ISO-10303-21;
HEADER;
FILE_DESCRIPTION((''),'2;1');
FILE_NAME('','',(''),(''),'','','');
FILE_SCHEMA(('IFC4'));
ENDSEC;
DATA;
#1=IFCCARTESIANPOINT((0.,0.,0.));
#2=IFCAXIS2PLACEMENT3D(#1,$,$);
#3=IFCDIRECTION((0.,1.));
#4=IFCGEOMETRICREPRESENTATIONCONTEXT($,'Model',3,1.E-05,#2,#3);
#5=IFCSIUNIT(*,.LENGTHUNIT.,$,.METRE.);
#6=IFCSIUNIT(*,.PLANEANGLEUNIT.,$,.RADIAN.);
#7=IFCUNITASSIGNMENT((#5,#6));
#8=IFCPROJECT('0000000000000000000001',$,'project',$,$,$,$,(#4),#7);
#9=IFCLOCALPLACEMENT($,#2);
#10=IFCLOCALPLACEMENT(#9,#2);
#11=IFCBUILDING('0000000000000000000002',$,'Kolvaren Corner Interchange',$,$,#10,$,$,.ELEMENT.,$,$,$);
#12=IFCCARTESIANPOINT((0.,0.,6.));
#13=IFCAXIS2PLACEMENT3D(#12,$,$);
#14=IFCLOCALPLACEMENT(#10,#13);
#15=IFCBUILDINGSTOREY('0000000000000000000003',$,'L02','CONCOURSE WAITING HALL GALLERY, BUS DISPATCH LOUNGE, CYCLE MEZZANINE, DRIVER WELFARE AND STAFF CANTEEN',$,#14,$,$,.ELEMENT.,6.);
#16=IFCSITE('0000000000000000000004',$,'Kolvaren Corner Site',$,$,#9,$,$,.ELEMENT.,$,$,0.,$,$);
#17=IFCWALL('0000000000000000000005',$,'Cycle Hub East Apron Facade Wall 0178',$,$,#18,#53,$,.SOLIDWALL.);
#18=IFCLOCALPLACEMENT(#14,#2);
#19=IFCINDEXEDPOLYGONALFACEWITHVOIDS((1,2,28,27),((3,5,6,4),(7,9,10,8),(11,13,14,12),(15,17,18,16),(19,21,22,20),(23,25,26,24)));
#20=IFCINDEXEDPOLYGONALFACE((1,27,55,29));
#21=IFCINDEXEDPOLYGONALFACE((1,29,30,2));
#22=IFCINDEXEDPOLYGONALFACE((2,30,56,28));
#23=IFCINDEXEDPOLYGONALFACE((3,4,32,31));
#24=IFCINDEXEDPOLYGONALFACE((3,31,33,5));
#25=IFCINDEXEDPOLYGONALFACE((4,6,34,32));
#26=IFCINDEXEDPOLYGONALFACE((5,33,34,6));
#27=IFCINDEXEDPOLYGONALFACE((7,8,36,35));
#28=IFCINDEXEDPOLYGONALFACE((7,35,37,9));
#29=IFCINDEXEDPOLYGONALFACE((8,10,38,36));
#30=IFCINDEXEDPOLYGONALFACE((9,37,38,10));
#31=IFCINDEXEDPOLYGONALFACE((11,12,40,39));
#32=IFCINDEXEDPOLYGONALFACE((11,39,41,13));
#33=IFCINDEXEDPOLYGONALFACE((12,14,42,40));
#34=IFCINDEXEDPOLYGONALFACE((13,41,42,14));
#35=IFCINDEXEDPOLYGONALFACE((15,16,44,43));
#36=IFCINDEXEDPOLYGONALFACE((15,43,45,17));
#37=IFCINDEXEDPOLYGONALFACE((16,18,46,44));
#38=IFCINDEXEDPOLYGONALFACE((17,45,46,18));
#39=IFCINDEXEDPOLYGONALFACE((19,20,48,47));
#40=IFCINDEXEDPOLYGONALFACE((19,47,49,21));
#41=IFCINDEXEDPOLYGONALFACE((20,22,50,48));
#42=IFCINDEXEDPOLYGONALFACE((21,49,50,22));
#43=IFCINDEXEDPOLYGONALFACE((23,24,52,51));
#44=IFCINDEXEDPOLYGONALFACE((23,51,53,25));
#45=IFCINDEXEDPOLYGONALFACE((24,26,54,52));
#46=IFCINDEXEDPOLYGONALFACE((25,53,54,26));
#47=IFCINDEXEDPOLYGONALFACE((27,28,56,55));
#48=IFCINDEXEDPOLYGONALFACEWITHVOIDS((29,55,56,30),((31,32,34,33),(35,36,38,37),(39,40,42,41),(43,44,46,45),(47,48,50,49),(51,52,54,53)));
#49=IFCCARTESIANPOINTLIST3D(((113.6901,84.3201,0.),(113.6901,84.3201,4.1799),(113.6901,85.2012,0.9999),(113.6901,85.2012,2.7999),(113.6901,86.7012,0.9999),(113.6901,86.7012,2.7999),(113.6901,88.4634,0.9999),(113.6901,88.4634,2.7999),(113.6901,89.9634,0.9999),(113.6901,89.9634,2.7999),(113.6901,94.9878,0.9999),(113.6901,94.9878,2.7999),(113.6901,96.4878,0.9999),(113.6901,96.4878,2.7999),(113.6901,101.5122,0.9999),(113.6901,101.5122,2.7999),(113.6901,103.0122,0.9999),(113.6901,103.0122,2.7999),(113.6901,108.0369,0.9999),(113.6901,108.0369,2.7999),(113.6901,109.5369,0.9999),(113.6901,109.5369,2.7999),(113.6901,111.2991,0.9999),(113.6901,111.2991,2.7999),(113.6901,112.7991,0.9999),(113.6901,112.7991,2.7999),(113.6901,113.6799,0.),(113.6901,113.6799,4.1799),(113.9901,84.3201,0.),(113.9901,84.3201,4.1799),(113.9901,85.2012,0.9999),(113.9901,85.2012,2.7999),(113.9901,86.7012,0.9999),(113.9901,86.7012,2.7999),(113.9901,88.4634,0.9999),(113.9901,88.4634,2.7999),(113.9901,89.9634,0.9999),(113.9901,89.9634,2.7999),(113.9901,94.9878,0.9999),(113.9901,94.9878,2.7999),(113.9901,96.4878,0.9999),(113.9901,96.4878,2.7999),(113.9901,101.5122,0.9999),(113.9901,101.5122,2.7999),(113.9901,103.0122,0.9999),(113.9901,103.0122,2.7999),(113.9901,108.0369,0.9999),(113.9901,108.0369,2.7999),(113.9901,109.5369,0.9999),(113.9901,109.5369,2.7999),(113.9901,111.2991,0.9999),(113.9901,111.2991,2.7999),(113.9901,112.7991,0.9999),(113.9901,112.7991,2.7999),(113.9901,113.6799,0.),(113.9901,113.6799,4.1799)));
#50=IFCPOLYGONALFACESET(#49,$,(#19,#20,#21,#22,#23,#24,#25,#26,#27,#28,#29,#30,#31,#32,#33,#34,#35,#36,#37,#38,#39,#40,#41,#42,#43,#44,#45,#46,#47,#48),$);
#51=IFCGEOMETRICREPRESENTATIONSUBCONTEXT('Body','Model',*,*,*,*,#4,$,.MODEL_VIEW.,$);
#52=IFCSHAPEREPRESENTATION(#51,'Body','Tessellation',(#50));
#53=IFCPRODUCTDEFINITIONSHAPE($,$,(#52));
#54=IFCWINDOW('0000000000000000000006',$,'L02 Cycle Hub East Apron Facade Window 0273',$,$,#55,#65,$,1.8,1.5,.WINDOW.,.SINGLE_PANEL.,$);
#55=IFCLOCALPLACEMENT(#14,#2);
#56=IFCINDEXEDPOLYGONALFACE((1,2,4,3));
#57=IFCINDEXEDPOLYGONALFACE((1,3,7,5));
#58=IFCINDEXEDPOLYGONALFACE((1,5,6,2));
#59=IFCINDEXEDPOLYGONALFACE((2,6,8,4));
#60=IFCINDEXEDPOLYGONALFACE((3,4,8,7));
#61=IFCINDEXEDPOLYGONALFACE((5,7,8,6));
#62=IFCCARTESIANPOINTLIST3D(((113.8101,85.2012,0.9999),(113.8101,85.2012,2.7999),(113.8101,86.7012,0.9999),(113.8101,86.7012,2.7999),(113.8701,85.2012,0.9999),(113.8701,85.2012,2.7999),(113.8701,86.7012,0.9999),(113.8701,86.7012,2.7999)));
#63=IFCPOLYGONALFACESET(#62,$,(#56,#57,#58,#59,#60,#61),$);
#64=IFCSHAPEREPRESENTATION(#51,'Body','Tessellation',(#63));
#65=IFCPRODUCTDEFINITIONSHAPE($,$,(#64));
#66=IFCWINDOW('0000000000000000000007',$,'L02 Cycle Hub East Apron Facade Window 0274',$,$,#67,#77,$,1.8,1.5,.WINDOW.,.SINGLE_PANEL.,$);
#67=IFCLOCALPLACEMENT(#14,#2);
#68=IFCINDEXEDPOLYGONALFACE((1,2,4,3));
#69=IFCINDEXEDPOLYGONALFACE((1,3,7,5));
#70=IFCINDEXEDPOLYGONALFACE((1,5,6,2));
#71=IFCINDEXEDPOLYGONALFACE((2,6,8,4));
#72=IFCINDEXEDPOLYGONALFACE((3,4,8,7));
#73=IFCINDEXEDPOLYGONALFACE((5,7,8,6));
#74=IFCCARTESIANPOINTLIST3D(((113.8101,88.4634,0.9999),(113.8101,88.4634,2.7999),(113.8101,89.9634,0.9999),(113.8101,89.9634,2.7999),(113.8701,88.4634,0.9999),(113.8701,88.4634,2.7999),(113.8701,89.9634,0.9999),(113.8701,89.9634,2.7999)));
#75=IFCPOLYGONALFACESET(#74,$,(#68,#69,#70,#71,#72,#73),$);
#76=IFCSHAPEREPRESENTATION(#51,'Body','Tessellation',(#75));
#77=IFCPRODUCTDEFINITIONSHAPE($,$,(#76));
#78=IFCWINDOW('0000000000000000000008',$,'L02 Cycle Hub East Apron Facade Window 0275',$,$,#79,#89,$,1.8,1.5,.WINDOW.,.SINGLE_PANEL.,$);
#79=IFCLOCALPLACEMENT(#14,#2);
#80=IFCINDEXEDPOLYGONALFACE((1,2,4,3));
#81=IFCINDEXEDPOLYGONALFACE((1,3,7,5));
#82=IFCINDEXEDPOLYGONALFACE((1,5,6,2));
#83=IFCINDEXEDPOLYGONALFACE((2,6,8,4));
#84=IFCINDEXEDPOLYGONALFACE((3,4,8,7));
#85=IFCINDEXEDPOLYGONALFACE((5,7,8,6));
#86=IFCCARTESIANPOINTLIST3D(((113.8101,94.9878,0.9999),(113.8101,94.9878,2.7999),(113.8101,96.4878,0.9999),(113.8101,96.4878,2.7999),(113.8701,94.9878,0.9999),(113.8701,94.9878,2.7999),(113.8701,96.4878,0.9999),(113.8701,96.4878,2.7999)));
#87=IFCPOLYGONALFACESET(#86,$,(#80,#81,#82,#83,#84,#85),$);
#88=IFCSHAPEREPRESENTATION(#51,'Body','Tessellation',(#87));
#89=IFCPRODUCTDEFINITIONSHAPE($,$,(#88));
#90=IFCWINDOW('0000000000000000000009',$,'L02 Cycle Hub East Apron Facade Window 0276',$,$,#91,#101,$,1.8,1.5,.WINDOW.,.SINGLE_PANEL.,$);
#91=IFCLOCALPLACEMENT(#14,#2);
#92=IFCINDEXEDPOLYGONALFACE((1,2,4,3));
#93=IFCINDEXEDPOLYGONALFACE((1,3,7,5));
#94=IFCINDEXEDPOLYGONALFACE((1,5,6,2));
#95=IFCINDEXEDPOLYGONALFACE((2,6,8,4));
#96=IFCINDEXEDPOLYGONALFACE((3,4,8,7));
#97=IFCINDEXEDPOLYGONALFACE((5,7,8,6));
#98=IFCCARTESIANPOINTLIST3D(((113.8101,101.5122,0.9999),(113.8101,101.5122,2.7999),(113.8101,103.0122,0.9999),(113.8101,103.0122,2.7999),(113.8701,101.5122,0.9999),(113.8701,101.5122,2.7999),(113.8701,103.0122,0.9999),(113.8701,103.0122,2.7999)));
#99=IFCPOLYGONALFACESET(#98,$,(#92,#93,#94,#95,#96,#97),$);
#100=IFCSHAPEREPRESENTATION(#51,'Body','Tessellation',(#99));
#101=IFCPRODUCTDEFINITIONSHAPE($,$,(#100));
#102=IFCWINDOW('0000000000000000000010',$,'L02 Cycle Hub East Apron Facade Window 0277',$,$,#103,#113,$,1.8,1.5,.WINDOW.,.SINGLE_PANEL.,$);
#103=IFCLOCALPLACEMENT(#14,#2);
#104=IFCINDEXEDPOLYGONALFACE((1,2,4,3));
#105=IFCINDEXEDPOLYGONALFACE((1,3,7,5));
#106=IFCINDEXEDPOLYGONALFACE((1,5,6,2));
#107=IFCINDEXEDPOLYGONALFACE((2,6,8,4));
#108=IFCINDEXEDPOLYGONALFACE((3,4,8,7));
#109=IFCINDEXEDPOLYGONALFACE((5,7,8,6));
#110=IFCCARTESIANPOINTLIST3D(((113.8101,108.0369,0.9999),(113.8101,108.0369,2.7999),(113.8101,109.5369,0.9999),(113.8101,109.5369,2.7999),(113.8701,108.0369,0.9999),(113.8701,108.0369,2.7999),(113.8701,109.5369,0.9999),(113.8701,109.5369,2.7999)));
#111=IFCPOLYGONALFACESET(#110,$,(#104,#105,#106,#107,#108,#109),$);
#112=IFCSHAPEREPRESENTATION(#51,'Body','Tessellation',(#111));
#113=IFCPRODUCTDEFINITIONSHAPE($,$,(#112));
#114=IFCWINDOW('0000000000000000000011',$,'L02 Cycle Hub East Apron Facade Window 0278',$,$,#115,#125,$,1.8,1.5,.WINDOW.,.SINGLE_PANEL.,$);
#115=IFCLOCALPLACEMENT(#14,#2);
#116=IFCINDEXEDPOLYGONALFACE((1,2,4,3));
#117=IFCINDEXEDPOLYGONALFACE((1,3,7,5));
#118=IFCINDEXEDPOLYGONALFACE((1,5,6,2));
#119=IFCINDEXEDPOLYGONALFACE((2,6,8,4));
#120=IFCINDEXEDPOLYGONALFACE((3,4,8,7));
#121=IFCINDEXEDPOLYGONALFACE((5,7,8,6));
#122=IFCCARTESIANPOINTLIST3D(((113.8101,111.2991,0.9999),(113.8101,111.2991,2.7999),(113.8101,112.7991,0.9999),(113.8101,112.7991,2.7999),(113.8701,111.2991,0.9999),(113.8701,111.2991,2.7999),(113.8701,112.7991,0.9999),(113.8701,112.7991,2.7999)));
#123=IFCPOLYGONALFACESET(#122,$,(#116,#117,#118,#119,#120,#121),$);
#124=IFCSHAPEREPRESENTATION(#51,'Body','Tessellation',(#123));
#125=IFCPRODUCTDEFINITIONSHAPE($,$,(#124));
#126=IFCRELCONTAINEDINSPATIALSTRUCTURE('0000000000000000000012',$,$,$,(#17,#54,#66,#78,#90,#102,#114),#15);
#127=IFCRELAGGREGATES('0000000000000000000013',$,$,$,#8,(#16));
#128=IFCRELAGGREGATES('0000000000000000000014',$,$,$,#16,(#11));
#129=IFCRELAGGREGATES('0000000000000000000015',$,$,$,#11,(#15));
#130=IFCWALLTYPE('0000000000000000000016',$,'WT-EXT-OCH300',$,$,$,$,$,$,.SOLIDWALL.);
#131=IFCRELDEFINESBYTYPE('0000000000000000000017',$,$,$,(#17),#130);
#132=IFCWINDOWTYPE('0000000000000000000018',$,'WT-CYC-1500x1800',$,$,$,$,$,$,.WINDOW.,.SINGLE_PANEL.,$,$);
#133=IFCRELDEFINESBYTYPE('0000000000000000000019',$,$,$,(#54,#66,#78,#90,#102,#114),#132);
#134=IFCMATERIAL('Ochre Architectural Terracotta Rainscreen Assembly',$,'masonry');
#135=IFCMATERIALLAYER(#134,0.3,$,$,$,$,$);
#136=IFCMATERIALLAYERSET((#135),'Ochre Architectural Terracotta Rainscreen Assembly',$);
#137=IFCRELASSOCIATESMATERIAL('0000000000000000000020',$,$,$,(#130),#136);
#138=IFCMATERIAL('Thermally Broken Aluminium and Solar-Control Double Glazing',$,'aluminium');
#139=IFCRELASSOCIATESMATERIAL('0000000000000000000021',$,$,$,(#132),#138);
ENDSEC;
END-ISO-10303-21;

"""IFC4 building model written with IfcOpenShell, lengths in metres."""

from ifc_helpers import new_model, si_unit, direction, frame, frame_2d, origin, place, context, subcontext, project, spatial, rectangle, extrude, material, layer, layer_set, type_object, element, fill, save


model = new_model("IFC4")

# Units and contexts
model_context = context("Model", 3, precision=1e-05, world=origin(), true_north=direction((0.0, 1.0)))
body_context = subcontext(model_context, "Body", "Model", "MODEL_VIEW")
ifc_project = project(units=[si_unit("LENGTHUNIT", "METRE"), si_unit("PLANEANGLEUNIT", "RADIAN")], contexts=[model_context])

# Site, building, storey
site_placement = place(None, origin())
site = spatial("IfcSite", under=ifc_project, at=site_placement, Name="Kolvaren Corner Site", CompositionType="ELEMENT", RefElevation=0.0)
building_placement = place(site_placement, origin())
building = spatial("IfcBuilding", under=site, at=building_placement, Name="Kolvaren Corner Interchange", CompositionType="ELEMENT")
storey_placement = place(building_placement, frame((0.0, 0.0, 6.0)))
storey = spatial("IfcBuildingStorey", under=building, at=storey_placement, Name="L02", Description="CONCOURSE WAITING HALL GALLERY, BUS DISPATCH LOUNGE, CYCLE MEZZANINE, DRIVER WELFARE AND STAFF CANTEEN", CompositionType="ELEMENT", Elevation=6.0)

# Wall, openings, windows
ifc_material_1 = material(Name="Ochre Architectural Terracotta Rainscreen Assembly", Category="masonry")
ifc_layer_1 = layer(ifc_material_1, 0.3)
ifc_layer_set_1 = layer_set([ifc_layer_1], Name="Ochre Architectural Terracotta Rainscreen Assembly")
wall_type_1 = type_object("IfcWallType", Name="WT-EXT-OCH300", PredefinedType="SOLIDWALL", material=ifc_layer_set_1)
wall_1_placement = place(storey_placement, frame((113.8401, 84.3201, 0.0), z_axis=(0.0, 0.0, 1.0), x_axis=(0.0, 1.0, 0.0)))
wall_1 = element("IfcWall", 1, at=wall_1_placement, inside=storey, type_object=wall_type_1, Name="Cycle Hub East Apron Facade Wall 0178", PredefinedType="SOLIDWALL", context=body_context, shape_type="SweptSolid", body=[
    extrude(rectangle(XDim=29.3599, YDim=0.3, at=frame_2d((14.6799, 0.0))), origin(), (0.0, 0.0, 1.0), 4.1799),
])
opening_1_placement = place(wall_1_placement, frame((0.8811, 0.0, 1.0)))
opening_1 = element("IfcOpeningElement", 2, at=opening_1_placement, cuts=wall_1, PredefinedType="OPENING", context=body_context, shape_type="SweptSolid", body=[
    extrude(rectangle(XDim=1.5, YDim=1.8, at=frame_2d((0.75, 0.8999))), frame((0.0, 0.1599, 0.0), z_axis=(0.0, -1.0, 0.0), x_axis=(1.0, 0.0, 0.0)), (0.0, 0.0, 1.0), 0.3201),
])
opening_2_placement = place(wall_1_placement, frame((4.1433, 0.0, 1.0)))
opening_2 = element("IfcOpeningElement", 3, at=opening_2_placement, cuts=wall_1, PredefinedType="OPENING", context=body_context, shape_type="SweptSolid", body=[
    extrude(rectangle(XDim=1.5, YDim=1.8, at=frame_2d((0.75, 0.8999))), frame((0.0, 0.1599, 0.0), z_axis=(0.0, -1.0, 0.0), x_axis=(1.0, 0.0, 0.0)), (0.0, 0.0, 1.0), 0.3201),
])
opening_3_placement = place(wall_1_placement, frame((10.6677, 0.0, 1.0)))
opening_3 = element("IfcOpeningElement", 4, at=opening_3_placement, cuts=wall_1, PredefinedType="OPENING", context=body_context, shape_type="SweptSolid", body=[
    extrude(rectangle(XDim=1.5, YDim=1.8, at=frame_2d((0.75, 0.8999))), frame((0.0, 0.1599, 0.0), z_axis=(0.0, -1.0, 0.0), x_axis=(1.0, 0.0, 0.0)), (0.0, 0.0, 1.0), 0.3201),
])
opening_4_placement = place(wall_1_placement, frame((17.1921, 0.0, 1.0)))
opening_4 = element("IfcOpeningElement", 5, at=opening_4_placement, cuts=wall_1, PredefinedType="OPENING", context=body_context, shape_type="SweptSolid", body=[
    extrude(rectangle(XDim=1.5, YDim=1.8, at=frame_2d((0.75, 0.8999))), frame((0.0, 0.1599, 0.0), z_axis=(0.0, -1.0, 0.0), x_axis=(1.0, 0.0, 0.0)), (0.0, 0.0, 1.0), 0.3201),
])
opening_5_placement = place(wall_1_placement, frame((23.7168, 0.0, 1.0)))
opening_5 = element("IfcOpeningElement", 6, at=opening_5_placement, cuts=wall_1, PredefinedType="OPENING", context=body_context, shape_type="SweptSolid", body=[
    extrude(rectangle(XDim=1.5, YDim=1.8, at=frame_2d((0.75, 0.8999))), frame((0.0, 0.1599, 0.0), z_axis=(0.0, -1.0, 0.0), x_axis=(1.0, 0.0, 0.0)), (0.0, 0.0, 1.0), 0.3201),
])
opening_6_placement = place(wall_1_placement, frame((26.979, 0.0, 1.0)))
opening_6 = element("IfcOpeningElement", 7, at=opening_6_placement, cuts=wall_1, PredefinedType="OPENING", context=body_context, shape_type="SweptSolid", body=[
    extrude(rectangle(XDim=1.5, YDim=1.8, at=frame_2d((0.75, 0.8999))), frame((0.0, 0.1599, 0.0), z_axis=(0.0, -1.0, 0.0), x_axis=(1.0, 0.0, 0.0)), (0.0, 0.0, 1.0), 0.3201),
])
ifc_material_2 = material(Name="Thermally Broken Aluminium and Solar-Control Double Glazing", Category="aluminium")
window_type = type_object("IfcWindowType", Name="WT-CYC-1500x1800", PartitioningType="SINGLE_PANEL", PredefinedType="WINDOW", material=ifc_material_2)
window_1_placement = place(opening_1_placement, origin())
window_1 = element("IfcWindow", 8, at=window_1_placement, inside=storey, type_object=window_type, Name="L02 Cycle Hub East Apron Facade Window 0273", OverallHeight=1.8, OverallWidth=1.5, PartitioningType="SINGLE_PANEL", PredefinedType="WINDOW", context=body_context, shape_type="SweptSolid", body=[
    extrude(rectangle(XDim=1.5, YDim=1.8, at=frame_2d((0.75, 0.8999))), frame((0.0, 0.03, 0.0), z_axis=(0.0, -1.0, 0.0), x_axis=(1.0, 0.0, 0.0)), (0.0, 0.0, 1.0), 0.0601),
])
fill(opening_1, window_1)
window_2_placement = place(opening_2_placement, origin())
window_2 = element("IfcWindow", 9, at=window_2_placement, inside=storey, type_object=window_type, Name="L02 Cycle Hub East Apron Facade Window 0274", OverallHeight=1.8, OverallWidth=1.5, PartitioningType="SINGLE_PANEL", PredefinedType="WINDOW", context=body_context, shape_type="SweptSolid", body=[
    extrude(rectangle(XDim=1.5, YDim=1.8, at=frame_2d((0.75, 0.8999))), frame((0.0, 0.03, 0.0), z_axis=(0.0, -1.0, 0.0), x_axis=(1.0, 0.0, 0.0)), (0.0, 0.0, 1.0), 0.0601),
])
fill(opening_2, window_2)
window_3_placement = place(opening_3_placement, origin())
window_3 = element("IfcWindow", 10, at=window_3_placement, inside=storey, type_object=window_type, Name="L02 Cycle Hub East Apron Facade Window 0275", OverallHeight=1.8, OverallWidth=1.5, PartitioningType="SINGLE_PANEL", PredefinedType="WINDOW", context=body_context, shape_type="SweptSolid", body=[
    extrude(rectangle(XDim=1.5, YDim=1.8, at=frame_2d((0.75, 0.8999))), frame((0.0, 0.03, 0.0), z_axis=(0.0, -1.0, 0.0), x_axis=(1.0, 0.0, 0.0)), (0.0, 0.0, 1.0), 0.0601),
])
fill(opening_3, window_3)
window_4_placement = place(opening_4_placement, origin())
window_4 = element("IfcWindow", 11, at=window_4_placement, inside=storey, type_object=window_type, Name="L02 Cycle Hub East Apron Facade Window 0276", OverallHeight=1.8, OverallWidth=1.5, PartitioningType="SINGLE_PANEL", PredefinedType="WINDOW", context=body_context, shape_type="SweptSolid", body=[
    extrude(rectangle(XDim=1.5, YDim=1.8, at=frame_2d((0.75, 0.8999))), frame((0.0, 0.03, 0.0), z_axis=(0.0, -1.0, 0.0), x_axis=(1.0, 0.0, 0.0)), (0.0, 0.0, 1.0), 0.0601),
])
fill(opening_4, window_4)
window_5_placement = place(opening_5_placement, origin())
window_5 = element("IfcWindow", 12, at=window_5_placement, inside=storey, type_object=window_type, Name="L02 Cycle Hub East Apron Facade Window 0277", OverallHeight=1.8, OverallWidth=1.5, PartitioningType="SINGLE_PANEL", PredefinedType="WINDOW", context=body_context, shape_type="SweptSolid", body=[
    extrude(rectangle(XDim=1.5, YDim=1.8, at=frame_2d((0.75, 0.8999))), frame((0.0, 0.03, 0.0), z_axis=(0.0, -1.0, 0.0), x_axis=(1.0, 0.0, 0.0)), (0.0, 0.0, 1.0), 0.0601),
])
fill(opening_5, window_5)
window_6_placement = place(opening_6_placement, origin())
window_6 = element("IfcWindow", 13, at=window_6_placement, inside=storey, type_object=window_type, Name="L02 Cycle Hub East Apron Facade Window 0278", OverallHeight=1.8, OverallWidth=1.5, PartitioningType="SINGLE_PANEL", PredefinedType="WINDOW", context=body_context, shape_type="SweptSolid", body=[
    extrude(rectangle(XDim=1.5, YDim=1.8, at=frame_2d((0.75, 0.8999))), frame((0.0, 0.03, 0.0), z_axis=(0.0, -1.0, 0.0), x_axis=(1.0, 0.0, 0.0)), (0.0, 0.0, 1.0), 0.0601),
])
fill(opening_6, window_6)

save(model, "model.ifc")
